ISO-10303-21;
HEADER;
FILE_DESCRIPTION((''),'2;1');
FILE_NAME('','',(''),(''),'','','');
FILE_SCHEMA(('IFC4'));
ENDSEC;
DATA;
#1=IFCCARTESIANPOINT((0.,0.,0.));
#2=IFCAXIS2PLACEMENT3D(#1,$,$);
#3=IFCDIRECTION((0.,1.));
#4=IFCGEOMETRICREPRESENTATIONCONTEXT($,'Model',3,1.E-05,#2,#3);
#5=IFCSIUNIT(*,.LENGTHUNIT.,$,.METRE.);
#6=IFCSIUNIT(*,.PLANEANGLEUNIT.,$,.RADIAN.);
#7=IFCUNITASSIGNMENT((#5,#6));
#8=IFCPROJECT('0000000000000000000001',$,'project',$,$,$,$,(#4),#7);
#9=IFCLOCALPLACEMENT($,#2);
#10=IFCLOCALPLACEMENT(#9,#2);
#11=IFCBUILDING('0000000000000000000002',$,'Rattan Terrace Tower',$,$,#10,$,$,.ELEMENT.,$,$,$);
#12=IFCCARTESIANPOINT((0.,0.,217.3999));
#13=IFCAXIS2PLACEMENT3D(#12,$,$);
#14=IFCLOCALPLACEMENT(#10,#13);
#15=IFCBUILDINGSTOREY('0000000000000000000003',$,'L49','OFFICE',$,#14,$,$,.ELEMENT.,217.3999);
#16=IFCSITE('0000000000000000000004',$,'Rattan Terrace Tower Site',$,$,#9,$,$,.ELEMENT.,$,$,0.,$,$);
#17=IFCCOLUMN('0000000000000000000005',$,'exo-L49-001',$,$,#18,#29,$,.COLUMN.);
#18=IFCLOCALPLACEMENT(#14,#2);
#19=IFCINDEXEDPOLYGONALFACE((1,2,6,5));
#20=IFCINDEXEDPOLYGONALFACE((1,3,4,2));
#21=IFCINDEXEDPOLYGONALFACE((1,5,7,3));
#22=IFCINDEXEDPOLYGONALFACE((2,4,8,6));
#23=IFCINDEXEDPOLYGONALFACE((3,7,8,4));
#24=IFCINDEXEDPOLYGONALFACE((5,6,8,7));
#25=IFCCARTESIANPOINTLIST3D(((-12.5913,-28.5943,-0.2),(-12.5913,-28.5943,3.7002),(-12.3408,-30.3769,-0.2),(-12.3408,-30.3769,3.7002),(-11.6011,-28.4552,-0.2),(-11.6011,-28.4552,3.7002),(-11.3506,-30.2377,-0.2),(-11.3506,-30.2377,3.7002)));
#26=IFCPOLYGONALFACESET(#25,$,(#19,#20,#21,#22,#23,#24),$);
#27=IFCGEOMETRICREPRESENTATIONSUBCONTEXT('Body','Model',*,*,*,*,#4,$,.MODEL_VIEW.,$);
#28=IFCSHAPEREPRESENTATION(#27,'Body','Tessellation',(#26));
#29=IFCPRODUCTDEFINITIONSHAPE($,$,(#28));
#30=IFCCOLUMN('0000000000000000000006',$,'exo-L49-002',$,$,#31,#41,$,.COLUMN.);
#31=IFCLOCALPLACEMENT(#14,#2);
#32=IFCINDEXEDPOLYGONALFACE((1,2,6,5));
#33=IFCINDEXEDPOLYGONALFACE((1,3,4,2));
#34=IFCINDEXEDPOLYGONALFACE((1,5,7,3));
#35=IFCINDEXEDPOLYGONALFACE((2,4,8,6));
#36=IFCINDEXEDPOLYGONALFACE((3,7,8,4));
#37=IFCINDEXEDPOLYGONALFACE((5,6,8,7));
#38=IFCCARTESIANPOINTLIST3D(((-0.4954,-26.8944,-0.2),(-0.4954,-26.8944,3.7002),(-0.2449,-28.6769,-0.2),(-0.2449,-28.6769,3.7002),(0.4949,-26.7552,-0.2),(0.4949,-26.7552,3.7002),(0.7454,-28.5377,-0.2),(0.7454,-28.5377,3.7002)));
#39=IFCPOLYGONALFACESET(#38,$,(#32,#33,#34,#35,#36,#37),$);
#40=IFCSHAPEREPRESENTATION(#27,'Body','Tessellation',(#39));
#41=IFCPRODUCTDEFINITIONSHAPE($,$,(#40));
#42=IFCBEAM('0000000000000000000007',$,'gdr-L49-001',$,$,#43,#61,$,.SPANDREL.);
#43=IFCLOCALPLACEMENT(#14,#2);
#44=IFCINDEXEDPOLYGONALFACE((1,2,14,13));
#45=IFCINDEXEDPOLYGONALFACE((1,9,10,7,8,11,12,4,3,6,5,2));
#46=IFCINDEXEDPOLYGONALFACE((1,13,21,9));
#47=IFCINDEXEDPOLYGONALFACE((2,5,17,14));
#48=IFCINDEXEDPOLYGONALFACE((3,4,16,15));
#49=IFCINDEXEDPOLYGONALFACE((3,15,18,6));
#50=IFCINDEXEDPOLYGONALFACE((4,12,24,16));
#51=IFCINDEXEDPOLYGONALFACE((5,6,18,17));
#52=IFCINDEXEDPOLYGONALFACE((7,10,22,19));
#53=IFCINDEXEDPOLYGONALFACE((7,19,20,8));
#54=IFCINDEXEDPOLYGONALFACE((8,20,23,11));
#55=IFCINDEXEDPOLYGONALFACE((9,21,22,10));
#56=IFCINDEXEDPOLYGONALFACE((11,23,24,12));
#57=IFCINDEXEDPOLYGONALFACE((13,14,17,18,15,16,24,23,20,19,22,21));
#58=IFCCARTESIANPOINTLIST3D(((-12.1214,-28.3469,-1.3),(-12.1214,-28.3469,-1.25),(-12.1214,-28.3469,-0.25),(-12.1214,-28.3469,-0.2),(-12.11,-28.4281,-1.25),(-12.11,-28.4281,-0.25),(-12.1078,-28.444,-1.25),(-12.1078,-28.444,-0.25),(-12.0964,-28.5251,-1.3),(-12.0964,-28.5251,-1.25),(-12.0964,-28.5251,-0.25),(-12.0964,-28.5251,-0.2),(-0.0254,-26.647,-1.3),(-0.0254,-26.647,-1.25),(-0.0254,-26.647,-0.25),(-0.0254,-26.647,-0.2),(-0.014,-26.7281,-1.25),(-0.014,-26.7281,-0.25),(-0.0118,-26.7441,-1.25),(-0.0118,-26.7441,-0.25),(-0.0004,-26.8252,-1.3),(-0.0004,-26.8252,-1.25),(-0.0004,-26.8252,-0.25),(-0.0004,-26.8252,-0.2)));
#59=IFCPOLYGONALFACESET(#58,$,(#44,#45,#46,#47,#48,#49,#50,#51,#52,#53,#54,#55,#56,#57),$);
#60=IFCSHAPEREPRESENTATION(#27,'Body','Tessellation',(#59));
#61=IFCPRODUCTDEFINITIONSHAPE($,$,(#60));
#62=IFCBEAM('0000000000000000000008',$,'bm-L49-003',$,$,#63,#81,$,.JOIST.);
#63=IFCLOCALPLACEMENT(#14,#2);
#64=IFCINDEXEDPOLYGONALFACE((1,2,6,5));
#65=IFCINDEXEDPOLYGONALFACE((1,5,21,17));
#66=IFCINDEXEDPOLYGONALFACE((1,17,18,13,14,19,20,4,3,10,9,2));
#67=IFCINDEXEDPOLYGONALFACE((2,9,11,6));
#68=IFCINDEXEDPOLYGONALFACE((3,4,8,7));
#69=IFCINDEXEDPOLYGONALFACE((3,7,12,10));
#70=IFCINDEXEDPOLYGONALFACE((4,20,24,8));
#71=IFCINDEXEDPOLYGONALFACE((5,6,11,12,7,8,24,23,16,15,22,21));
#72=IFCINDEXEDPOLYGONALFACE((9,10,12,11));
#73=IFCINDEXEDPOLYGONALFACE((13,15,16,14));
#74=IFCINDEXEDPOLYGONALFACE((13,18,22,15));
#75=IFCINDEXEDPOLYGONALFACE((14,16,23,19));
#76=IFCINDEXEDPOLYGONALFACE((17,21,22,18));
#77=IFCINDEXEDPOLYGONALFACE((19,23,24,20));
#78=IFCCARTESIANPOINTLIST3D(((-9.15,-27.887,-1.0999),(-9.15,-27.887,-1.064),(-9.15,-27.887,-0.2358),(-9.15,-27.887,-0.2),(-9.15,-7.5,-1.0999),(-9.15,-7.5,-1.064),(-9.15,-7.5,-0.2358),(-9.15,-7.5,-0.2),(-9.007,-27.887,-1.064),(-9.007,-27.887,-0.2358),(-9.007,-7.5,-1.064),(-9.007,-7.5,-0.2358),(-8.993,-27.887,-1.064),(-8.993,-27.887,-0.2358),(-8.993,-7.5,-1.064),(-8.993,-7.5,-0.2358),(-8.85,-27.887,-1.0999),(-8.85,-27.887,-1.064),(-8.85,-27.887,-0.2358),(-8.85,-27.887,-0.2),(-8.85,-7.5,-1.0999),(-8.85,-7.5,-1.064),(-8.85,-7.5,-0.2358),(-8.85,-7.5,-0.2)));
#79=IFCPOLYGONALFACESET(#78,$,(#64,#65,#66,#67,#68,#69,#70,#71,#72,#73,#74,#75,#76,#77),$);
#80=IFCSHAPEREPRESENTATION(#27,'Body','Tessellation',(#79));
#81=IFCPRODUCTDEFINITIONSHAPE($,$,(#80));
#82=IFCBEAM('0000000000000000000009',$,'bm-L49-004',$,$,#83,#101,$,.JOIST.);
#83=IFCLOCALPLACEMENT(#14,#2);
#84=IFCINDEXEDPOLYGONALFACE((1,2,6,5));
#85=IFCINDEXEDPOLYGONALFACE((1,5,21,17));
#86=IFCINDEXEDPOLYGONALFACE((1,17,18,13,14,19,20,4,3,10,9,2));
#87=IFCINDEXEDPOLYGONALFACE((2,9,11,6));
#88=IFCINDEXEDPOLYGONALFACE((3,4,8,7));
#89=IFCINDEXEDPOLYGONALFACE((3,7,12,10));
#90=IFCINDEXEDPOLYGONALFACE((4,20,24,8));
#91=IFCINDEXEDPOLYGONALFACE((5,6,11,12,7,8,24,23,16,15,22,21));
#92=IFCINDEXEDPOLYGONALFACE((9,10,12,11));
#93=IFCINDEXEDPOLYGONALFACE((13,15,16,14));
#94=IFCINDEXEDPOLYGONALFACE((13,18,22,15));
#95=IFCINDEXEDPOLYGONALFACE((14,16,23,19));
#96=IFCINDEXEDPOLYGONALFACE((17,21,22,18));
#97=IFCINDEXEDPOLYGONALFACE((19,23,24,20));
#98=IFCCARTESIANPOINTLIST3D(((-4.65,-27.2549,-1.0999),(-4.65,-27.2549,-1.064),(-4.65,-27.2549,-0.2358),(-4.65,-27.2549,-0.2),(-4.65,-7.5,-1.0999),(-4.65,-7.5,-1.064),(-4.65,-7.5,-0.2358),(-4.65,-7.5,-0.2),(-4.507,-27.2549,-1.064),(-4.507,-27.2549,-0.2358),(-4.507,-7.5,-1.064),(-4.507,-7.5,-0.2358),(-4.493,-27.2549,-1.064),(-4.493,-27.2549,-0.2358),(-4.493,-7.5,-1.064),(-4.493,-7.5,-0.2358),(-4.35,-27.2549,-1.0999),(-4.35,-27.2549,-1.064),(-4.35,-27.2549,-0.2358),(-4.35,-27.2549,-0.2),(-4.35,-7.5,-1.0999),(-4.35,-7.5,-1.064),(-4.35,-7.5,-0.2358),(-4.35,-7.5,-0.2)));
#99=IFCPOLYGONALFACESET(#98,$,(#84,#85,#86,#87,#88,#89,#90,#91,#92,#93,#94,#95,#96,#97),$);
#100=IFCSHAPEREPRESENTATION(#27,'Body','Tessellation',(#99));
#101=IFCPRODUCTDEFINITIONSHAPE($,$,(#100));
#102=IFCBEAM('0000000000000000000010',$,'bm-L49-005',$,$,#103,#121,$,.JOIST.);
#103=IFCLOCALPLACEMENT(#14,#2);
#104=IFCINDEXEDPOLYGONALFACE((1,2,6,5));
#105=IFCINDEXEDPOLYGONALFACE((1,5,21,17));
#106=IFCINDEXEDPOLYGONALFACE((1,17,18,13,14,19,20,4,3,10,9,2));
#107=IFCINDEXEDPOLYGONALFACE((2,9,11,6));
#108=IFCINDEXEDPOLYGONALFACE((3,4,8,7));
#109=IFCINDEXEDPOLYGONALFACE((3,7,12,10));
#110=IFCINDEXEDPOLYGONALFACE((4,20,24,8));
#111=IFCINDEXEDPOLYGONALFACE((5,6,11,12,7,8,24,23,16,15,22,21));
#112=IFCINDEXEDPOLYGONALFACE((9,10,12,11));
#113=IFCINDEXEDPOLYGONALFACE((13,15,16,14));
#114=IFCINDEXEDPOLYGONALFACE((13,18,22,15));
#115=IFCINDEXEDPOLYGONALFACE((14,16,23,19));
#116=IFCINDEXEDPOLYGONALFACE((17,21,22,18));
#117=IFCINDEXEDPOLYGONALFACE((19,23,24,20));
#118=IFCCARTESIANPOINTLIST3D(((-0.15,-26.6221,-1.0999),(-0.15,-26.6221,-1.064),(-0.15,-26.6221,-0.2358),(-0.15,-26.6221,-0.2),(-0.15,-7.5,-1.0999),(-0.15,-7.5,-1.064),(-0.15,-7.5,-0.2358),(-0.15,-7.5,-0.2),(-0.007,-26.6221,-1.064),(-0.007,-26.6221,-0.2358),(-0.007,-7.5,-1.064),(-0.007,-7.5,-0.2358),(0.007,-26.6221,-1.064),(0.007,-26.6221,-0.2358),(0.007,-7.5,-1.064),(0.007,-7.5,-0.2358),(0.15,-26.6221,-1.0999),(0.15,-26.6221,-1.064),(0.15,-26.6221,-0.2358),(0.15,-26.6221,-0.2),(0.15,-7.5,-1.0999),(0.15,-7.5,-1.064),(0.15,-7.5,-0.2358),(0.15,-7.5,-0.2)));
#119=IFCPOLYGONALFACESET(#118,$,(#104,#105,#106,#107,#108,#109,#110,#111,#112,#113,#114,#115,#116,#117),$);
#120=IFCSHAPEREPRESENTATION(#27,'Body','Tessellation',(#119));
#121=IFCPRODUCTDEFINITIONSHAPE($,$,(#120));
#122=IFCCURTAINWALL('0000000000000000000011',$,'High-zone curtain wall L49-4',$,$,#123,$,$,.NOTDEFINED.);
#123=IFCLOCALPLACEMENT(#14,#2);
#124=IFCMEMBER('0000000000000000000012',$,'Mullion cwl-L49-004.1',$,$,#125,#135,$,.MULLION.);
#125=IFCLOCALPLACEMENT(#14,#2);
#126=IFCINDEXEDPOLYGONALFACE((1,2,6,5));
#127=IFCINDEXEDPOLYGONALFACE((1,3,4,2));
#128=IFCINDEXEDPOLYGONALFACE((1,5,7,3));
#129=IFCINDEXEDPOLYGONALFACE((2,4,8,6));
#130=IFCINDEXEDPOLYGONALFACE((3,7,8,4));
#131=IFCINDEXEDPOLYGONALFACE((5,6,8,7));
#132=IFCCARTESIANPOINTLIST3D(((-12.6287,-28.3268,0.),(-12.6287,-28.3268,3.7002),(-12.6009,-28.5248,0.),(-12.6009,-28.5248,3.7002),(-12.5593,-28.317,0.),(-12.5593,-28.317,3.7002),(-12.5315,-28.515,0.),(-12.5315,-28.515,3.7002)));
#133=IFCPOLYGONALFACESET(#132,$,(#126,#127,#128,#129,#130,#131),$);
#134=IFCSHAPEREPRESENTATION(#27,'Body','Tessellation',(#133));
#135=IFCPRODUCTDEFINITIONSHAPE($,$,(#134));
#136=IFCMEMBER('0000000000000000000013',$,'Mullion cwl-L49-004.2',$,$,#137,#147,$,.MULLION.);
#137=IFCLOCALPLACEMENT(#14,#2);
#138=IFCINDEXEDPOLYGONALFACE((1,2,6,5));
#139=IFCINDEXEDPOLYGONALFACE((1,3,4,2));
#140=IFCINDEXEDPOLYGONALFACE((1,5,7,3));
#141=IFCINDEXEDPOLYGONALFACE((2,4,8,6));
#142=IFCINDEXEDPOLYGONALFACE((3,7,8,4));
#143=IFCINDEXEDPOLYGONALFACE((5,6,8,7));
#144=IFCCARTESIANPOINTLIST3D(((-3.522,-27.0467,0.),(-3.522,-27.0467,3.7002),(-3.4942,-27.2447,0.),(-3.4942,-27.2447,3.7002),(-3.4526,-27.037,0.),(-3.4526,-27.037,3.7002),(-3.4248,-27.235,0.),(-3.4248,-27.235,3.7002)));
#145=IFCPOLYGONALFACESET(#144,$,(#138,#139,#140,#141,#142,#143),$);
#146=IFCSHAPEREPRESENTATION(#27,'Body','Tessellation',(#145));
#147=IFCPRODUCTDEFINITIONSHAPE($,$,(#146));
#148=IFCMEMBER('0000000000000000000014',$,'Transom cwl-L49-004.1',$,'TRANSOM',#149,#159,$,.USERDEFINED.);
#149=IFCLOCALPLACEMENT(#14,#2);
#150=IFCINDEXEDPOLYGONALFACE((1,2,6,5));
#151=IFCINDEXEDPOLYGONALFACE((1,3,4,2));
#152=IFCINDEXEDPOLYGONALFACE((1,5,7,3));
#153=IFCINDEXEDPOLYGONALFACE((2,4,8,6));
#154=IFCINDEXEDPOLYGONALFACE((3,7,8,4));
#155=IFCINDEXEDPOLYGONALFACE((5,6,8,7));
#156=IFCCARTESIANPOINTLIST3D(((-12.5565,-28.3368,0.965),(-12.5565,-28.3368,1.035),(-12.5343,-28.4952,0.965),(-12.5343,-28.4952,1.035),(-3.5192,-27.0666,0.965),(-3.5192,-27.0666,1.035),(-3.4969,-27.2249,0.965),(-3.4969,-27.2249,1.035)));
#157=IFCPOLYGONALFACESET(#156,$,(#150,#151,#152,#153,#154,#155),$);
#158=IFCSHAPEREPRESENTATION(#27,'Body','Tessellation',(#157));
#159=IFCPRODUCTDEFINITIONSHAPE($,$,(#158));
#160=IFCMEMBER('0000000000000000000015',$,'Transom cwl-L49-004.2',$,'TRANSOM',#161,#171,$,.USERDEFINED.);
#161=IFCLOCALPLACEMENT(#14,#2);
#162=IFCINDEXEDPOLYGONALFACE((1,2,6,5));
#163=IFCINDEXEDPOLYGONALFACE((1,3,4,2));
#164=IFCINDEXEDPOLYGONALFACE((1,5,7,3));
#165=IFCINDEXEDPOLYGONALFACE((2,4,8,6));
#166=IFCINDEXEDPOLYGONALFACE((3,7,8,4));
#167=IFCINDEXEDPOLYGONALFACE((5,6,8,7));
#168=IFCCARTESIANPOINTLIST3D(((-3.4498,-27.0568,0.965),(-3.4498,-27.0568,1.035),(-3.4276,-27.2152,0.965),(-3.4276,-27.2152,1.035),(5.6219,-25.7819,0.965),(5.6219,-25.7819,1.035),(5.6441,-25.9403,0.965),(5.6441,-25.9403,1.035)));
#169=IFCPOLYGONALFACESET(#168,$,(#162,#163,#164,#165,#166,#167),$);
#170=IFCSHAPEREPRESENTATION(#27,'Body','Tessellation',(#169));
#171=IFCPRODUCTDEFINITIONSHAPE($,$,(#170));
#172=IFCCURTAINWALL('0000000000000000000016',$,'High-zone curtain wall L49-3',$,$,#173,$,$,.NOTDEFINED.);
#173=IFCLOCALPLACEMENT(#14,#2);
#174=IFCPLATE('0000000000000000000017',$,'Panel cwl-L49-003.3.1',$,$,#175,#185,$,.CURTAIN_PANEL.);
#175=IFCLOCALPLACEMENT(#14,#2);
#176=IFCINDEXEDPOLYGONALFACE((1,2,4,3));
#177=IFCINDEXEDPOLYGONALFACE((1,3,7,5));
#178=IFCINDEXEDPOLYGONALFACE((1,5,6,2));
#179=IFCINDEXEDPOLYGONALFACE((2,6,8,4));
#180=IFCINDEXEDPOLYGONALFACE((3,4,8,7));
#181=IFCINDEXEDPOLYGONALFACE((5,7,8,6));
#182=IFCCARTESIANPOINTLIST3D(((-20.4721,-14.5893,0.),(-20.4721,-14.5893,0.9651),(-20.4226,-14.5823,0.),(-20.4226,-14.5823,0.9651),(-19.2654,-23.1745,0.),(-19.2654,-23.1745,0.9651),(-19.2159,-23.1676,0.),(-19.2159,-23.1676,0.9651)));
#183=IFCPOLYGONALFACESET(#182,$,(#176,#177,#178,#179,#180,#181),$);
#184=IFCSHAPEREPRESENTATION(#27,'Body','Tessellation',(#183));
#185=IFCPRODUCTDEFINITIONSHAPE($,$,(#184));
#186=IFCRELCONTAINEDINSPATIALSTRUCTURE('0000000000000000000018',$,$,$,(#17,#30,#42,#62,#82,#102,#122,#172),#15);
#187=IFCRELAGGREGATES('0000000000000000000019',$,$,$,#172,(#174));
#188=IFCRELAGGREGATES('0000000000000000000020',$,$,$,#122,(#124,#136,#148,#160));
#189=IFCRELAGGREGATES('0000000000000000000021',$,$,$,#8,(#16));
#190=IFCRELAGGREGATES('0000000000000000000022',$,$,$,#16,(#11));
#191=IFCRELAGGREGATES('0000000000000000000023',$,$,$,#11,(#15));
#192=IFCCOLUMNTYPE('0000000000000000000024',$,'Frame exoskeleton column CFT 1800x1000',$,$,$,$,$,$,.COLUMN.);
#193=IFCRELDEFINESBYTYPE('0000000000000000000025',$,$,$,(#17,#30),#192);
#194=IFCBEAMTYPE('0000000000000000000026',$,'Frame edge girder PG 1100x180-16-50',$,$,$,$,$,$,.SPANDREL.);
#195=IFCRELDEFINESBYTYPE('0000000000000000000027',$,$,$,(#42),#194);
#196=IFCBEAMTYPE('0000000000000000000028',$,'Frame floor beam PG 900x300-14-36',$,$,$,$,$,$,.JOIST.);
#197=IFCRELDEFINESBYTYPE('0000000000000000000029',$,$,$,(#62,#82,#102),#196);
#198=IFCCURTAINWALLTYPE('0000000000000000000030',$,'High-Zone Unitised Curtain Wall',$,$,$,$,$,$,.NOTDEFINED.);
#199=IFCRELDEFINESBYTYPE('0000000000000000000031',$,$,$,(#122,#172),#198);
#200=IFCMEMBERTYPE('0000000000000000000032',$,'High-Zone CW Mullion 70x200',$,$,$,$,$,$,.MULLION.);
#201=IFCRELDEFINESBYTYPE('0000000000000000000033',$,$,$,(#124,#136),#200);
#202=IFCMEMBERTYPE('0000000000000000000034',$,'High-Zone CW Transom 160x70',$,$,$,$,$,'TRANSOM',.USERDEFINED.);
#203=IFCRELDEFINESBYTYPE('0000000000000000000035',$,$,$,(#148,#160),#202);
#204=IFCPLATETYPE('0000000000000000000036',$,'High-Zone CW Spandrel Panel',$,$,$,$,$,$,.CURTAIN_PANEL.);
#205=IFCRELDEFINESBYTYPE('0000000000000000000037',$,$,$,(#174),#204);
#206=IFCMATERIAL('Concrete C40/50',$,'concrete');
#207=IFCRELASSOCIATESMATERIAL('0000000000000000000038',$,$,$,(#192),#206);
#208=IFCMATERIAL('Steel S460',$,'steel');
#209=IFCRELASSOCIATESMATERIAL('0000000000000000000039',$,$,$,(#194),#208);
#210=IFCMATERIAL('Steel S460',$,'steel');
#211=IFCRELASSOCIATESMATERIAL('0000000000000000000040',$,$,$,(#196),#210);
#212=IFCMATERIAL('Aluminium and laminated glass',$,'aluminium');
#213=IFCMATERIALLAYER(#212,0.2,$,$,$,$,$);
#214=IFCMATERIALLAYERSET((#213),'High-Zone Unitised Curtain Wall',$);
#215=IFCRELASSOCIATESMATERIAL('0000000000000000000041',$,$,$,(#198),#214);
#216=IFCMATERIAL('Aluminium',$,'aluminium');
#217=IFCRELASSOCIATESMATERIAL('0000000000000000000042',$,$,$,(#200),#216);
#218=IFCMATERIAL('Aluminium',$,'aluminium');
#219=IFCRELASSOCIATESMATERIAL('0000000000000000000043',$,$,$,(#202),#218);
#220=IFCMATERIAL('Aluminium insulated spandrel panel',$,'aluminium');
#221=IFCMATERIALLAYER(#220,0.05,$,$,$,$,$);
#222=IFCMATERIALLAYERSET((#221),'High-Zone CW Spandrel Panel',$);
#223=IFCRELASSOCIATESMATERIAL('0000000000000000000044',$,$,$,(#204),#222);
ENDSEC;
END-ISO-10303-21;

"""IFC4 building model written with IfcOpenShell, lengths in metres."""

from ifc_helpers import new_model, si_unit, direction, frame, origin, origin_2d, place, context, subcontext, project, spatial, rectangle, i_section, extrude, material, layer, layer_set, material_profile, profile_set, type_object, element, aggregate, save


model = new_model("IFC4")

# Units and contexts
model_context = context("Model", 3, precision=1e-05, world=origin(), true_north=direction((0.0, 1.0)))
body_context = subcontext(model_context, "Body", "Model", "MODEL_VIEW")
ifc_project = project(units=[si_unit("LENGTHUNIT", "METRE"), si_unit("PLANEANGLEUNIT", "RADIAN")], contexts=[model_context])

# Site, building, storey
site_placement = place(None, origin())
site = spatial("IfcSite", under=ifc_project, at=site_placement, Name="Rattan Terrace Tower Site", CompositionType="ELEMENT", RefElevation=0.0)
building_placement = place(site_placement, origin())
building = spatial("IfcBuilding", under=site, at=building_placement, Name="Rattan Terrace Tower", CompositionType="ELEMENT")
storey_placement = place(building_placement, frame((0.0, 0.0, 217.3999)))
storey = spatial("IfcBuildingStorey", under=building, at=storey_placement, Name="L49", Description="OFFICE", CompositionType="ELEMENT", Elevation=217.3999)

# Columns
ifc_material_1 = material(Name="Concrete C40/50", Category="concrete")
ifc_material_profile_1 = material_profile(ifc_material_1, rectangle(XDim=1.0, YDim=1.8, at=origin_2d()), Name="CFT 1800x1000")
ifc_profile_set_1 = profile_set([ifc_material_profile_1], Name="Concrete C40/50")
column_type = type_object("IfcColumnType", Name="Frame exoskeleton column CFT 1800x1000", PredefinedType="COLUMN", material=ifc_profile_set_1)
for number, where, z_axis, x_axis, name in (
    (1, (-11.9709, -29.416, -0.2), (0.0, 0.0, 1.0), (0.990268, 0.139173, 0.0), "exo-L49-001"),
    (2, (0.125, -27.7161, -0.2), (0.0, 0.0, 1.0), (0.990268, 0.139173, 0.0), "exo-L49-002"),
):
    element("IfcColumn", number, at=place(storey_placement, frame(where, z_axis=z_axis, x_axis=x_axis)), inside=storey, type_object=column_type, Name=name, PredefinedType="COLUMN", context=body_context, shape_type="SweptSolid", body=[
        extrude(rectangle(XDim=1.0, YDim=1.8, at=origin_2d()), origin(), (0.0, 0.0, 1.0), 3.9001),
    ])

# Beams
ifc_material_2 = material(Name="Steel S460", Category="steel")
ifc_material_profile_2 = material_profile(ifc_material_2, i_section(OverallWidth=0.1799, OverallDepth=1.1001, WebThickness=0.0161, FlangeThickness=0.05, at=origin_2d()), Name="PG 1100x180-16-50")
ifc_profile_set_2 = profile_set([ifc_material_profile_2], Name="Steel S460")
beam_type_1 = type_object("IfcBeamType", Name="Frame edge girder PG 1100x180-16-50", PredefinedType="SPANDREL", material=ifc_profile_set_2)
beam_1_placement = place(storey_placement, frame((-12.1089, -28.436, -0.75), z_axis=(0.990268, 0.139171, 0.0), x_axis=(-0.139171, 0.990268, 0.0)))
element("IfcBeam", 3, at=beam_1_placement, inside=storey, type_object=beam_type_1, Name="gdr-L49-001", PredefinedType="SPANDREL", context=body_context, shape_type="SweptSolid", body=[
    extrude(i_section(OverallWidth=0.1799, OverallDepth=1.1001, WebThickness=0.0161, FlangeThickness=0.05, at=origin_2d()), origin(), (0.0, 0.0, 1.0), 12.2148),
])
ifc_material_3 = material(Name="Steel S460", Category="steel")
ifc_material_profile_3 = material_profile(ifc_material_3, i_section(OverallWidth=0.3, OverallDepth=0.8999, WebThickness=0.0139, FlangeThickness=0.0359, at=origin_2d()), Name="PG 900x300-14-36")
ifc_profile_set_3 = profile_set([ifc_material_profile_3], Name="Steel S460")
beam_type_2 = type_object("IfcBeamType", Name="Frame floor beam PG 900x300-14-36", PredefinedType="JOIST", material=ifc_profile_set_3)
beam_2_placement = place(storey_placement, frame((-9.0, -27.887, -0.6499), z_axis=(0.0, 1.0, 0.0), x_axis=(-1.0, 0.0, 0.0)))
element("IfcBeam", 4, at=beam_2_placement, inside=storey, type_object=beam_type_2, Name="bm-L49-003", PredefinedType="JOIST", context=body_context, shape_type="SweptSolid", body=[
    extrude(i_section(OverallWidth=0.3, OverallDepth=0.8999, WebThickness=0.0139, FlangeThickness=0.0359, at=origin_2d()), origin(), (0.0, 0.0, 1.0), 20.387),
])
beam_3_placement = place(storey_placement, frame((-4.5, -27.2549, -0.6499), z_axis=(0.0, 1.0, 0.0), x_axis=(-1.0, 0.0, 0.0)))
element("IfcBeam", 5, at=beam_3_placement, inside=storey, type_object=beam_type_2, Name="bm-L49-004", PredefinedType="JOIST", context=body_context, shape_type="SweptSolid", body=[
    extrude(i_section(OverallWidth=0.3, OverallDepth=0.8999, WebThickness=0.0139, FlangeThickness=0.0359, at=origin_2d()), origin(), (0.0, 0.0, 1.0), 19.7549),
])
beam_4_placement = place(storey_placement, frame((0.0, -26.6221, -0.6499), z_axis=(0.0, 1.0, 0.0), x_axis=(-1.0, 0.0, 0.0)))
element("IfcBeam", 6, at=beam_4_placement, inside=storey, type_object=beam_type_2, Name="bm-L49-005", PredefinedType="JOIST", context=body_context, shape_type="SweptSolid", body=[
    extrude(i_section(OverallWidth=0.3, OverallDepth=0.8999, WebThickness=0.0139, FlangeThickness=0.0359, at=origin_2d()), origin(), (0.0, 0.0, 1.0), 19.1221),
])

# Curtain wall, members
ifc_material_4 = material(Name="Aluminium and laminated glass", Category="aluminium")
ifc_layer_1 = layer(ifc_material_4, 0.2)
ifc_layer_set_1 = layer_set([ifc_layer_1], Name="High-Zone Unitised Curtain Wall")
curtain_wall_type = type_object("IfcCurtainWallType", Name="High-Zone Unitised Curtain Wall", PredefinedType="NOTDEFINED", material=ifc_layer_set_1)
curtain_wall_1_placement = place(storey_placement, origin())
curtain_wall_1 = element("IfcCurtainWall", 7, at=curtain_wall_1_placement, inside=storey, type_object=curtain_wall_type, Name="High-zone curtain wall L49-4", PredefinedType="NOTDEFINED")
ifc_material_5 = material(Name="Aluminium", Category="aluminium")
ifc_material_profile_4 = material_profile(ifc_material_5, rectangle(XDim=0.0701, YDim=0.2, at=origin_2d()), Name="Aluminium 70x200")
ifc_profile_set_4 = profile_set([ifc_material_profile_4], Name="Aluminium")
member_type_1 = type_object("IfcMemberType", Name="High-Zone CW Mullion 70x200", PredefinedType="MULLION", material=ifc_profile_set_4)
member_1_placement = place(storey_placement, frame((-12.5801, -28.4209, 0.0), z_axis=(0.0, 0.0, 1.0), x_axis=(0.990267, 0.139177, 0.0)))
member_1 = element("IfcMember", 8, at=member_1_placement, type_object=member_type_1, Name="Mullion cwl-L49-004.1", PredefinedType="MULLION", context=body_context, shape_type="SweptSolid", body=[
    extrude(rectangle(XDim=0.0701, YDim=0.2, at=origin_2d()), origin(), (0.0, 0.0, 1.0), 3.7002),
])
member_2_placement = place(storey_placement, frame((-3.4734, -27.1409, 0.0), z_axis=(0.0, 0.0, 1.0), x_axis=(0.990267, 0.139177, 0.0)))
member_2 = element("IfcMember", 9, at=member_2_placement, type_object=member_type_1, Name="Mullion cwl-L49-004.2", PredefinedType="MULLION", context=body_context, shape_type="SweptSolid", body=[
    extrude(rectangle(XDim=0.0701, YDim=0.2, at=origin_2d()), origin(), (0.0, 0.0, 1.0), 3.7002),
])
ifc_material_6 = material(Name="Aluminium", Category="aluminium")
ifc_material_profile_5 = material_profile(ifc_material_6, rectangle(XDim=0.1599, YDim=0.0701, at=origin_2d()), Name="Aluminium 160x70")
ifc_profile_set_5 = profile_set([ifc_material_profile_5], Name="Aluminium")
member_type_2 = type_object("IfcMemberType", Name="High-Zone CW Transom 160x70", ElementType="TRANSOM", PredefinedType="USERDEFINED", material=ifc_profile_set_5)
member_3_placement = place(storey_placement, frame((-12.5454, -28.416, 1.0), z_axis=(0.990266, 0.139189, 0.0), x_axis=(-0.139189, 0.990266, 0.0)))
member_3 = element("IfcMember", 10, at=member_3_placement, type_object=member_type_2, Name="Transom cwl-L49-004.1", ObjectType="TRANSOM", PredefinedType="USERDEFINED", context=body_context, shape_type="SweptSolid", body=[
    extrude(rectangle(XDim=0.1599, YDim=0.0701, at=origin_2d()), origin(), (0.0, 0.0, 1.0), 9.1262),
])
member_4_placement = place(storey_placement, frame((-3.4387, -27.136, 1.0), z_axis=(0.990269, 0.139167, 0.0), x_axis=(-0.139167, 0.990269, 0.0)))
member_4 = element("IfcMember", 11, at=member_4_placement, type_object=member_type_2, Name="Transom cwl-L49-004.2", ObjectType="TRANSOM", PredefinedType="USERDEFINED", context=body_context, shape_type="SweptSolid", body=[
    extrude(rectangle(XDim=0.1599, YDim=0.0701, at=origin_2d()), origin(), (0.0, 0.0, 1.0), 9.1609),
])

# Curtain wall, plate
curtain_wall_2_placement = place(storey_placement, origin())
curtain_wall_2 = element("IfcCurtainWall", 12, at=curtain_wall_2_placement, inside=storey, type_object=curtain_wall_type, Name="High-zone curtain wall L49-3", PredefinedType="NOTDEFINED")
ifc_material_7 = material(Name="Aluminium insulated spandrel panel", Category="aluminium")
ifc_layer_2 = layer(ifc_material_7, 0.05)
ifc_layer_set_2 = layer_set([ifc_layer_2], Name="High-Zone CW Spandrel Panel")
plate_type_1 = type_object("IfcPlateType", Name="High-Zone CW Spandrel Panel", PredefinedType="CURTAIN_PANEL", material=ifc_layer_set_2)
plate_1_placement = place(storey_placement, frame((-19.844, -18.8784, 0.0), z_axis=(0.0, 0.0, 1.0), x_axis=(0.139186, -0.990266, 0.0)))
plate_1 = element("IfcPlate", 13, at=plate_1_placement, type_object=plate_type_1, Name="Panel cwl-L49-003.3.1", PredefinedType="CURTAIN_PANEL", context=body_context, shape_type="SweptSolid", body=[
    extrude(rectangle(XDim=8.6697, YDim=0.05, at=origin_2d()), origin(), (0.0, 0.0, 1.0), 0.9651),
])
aggregate(curtain_wall_2, [plate_1])

aggregate(curtain_wall_1, [member_1, member_2, member_3, member_4])

save(model, "model.ifc")
